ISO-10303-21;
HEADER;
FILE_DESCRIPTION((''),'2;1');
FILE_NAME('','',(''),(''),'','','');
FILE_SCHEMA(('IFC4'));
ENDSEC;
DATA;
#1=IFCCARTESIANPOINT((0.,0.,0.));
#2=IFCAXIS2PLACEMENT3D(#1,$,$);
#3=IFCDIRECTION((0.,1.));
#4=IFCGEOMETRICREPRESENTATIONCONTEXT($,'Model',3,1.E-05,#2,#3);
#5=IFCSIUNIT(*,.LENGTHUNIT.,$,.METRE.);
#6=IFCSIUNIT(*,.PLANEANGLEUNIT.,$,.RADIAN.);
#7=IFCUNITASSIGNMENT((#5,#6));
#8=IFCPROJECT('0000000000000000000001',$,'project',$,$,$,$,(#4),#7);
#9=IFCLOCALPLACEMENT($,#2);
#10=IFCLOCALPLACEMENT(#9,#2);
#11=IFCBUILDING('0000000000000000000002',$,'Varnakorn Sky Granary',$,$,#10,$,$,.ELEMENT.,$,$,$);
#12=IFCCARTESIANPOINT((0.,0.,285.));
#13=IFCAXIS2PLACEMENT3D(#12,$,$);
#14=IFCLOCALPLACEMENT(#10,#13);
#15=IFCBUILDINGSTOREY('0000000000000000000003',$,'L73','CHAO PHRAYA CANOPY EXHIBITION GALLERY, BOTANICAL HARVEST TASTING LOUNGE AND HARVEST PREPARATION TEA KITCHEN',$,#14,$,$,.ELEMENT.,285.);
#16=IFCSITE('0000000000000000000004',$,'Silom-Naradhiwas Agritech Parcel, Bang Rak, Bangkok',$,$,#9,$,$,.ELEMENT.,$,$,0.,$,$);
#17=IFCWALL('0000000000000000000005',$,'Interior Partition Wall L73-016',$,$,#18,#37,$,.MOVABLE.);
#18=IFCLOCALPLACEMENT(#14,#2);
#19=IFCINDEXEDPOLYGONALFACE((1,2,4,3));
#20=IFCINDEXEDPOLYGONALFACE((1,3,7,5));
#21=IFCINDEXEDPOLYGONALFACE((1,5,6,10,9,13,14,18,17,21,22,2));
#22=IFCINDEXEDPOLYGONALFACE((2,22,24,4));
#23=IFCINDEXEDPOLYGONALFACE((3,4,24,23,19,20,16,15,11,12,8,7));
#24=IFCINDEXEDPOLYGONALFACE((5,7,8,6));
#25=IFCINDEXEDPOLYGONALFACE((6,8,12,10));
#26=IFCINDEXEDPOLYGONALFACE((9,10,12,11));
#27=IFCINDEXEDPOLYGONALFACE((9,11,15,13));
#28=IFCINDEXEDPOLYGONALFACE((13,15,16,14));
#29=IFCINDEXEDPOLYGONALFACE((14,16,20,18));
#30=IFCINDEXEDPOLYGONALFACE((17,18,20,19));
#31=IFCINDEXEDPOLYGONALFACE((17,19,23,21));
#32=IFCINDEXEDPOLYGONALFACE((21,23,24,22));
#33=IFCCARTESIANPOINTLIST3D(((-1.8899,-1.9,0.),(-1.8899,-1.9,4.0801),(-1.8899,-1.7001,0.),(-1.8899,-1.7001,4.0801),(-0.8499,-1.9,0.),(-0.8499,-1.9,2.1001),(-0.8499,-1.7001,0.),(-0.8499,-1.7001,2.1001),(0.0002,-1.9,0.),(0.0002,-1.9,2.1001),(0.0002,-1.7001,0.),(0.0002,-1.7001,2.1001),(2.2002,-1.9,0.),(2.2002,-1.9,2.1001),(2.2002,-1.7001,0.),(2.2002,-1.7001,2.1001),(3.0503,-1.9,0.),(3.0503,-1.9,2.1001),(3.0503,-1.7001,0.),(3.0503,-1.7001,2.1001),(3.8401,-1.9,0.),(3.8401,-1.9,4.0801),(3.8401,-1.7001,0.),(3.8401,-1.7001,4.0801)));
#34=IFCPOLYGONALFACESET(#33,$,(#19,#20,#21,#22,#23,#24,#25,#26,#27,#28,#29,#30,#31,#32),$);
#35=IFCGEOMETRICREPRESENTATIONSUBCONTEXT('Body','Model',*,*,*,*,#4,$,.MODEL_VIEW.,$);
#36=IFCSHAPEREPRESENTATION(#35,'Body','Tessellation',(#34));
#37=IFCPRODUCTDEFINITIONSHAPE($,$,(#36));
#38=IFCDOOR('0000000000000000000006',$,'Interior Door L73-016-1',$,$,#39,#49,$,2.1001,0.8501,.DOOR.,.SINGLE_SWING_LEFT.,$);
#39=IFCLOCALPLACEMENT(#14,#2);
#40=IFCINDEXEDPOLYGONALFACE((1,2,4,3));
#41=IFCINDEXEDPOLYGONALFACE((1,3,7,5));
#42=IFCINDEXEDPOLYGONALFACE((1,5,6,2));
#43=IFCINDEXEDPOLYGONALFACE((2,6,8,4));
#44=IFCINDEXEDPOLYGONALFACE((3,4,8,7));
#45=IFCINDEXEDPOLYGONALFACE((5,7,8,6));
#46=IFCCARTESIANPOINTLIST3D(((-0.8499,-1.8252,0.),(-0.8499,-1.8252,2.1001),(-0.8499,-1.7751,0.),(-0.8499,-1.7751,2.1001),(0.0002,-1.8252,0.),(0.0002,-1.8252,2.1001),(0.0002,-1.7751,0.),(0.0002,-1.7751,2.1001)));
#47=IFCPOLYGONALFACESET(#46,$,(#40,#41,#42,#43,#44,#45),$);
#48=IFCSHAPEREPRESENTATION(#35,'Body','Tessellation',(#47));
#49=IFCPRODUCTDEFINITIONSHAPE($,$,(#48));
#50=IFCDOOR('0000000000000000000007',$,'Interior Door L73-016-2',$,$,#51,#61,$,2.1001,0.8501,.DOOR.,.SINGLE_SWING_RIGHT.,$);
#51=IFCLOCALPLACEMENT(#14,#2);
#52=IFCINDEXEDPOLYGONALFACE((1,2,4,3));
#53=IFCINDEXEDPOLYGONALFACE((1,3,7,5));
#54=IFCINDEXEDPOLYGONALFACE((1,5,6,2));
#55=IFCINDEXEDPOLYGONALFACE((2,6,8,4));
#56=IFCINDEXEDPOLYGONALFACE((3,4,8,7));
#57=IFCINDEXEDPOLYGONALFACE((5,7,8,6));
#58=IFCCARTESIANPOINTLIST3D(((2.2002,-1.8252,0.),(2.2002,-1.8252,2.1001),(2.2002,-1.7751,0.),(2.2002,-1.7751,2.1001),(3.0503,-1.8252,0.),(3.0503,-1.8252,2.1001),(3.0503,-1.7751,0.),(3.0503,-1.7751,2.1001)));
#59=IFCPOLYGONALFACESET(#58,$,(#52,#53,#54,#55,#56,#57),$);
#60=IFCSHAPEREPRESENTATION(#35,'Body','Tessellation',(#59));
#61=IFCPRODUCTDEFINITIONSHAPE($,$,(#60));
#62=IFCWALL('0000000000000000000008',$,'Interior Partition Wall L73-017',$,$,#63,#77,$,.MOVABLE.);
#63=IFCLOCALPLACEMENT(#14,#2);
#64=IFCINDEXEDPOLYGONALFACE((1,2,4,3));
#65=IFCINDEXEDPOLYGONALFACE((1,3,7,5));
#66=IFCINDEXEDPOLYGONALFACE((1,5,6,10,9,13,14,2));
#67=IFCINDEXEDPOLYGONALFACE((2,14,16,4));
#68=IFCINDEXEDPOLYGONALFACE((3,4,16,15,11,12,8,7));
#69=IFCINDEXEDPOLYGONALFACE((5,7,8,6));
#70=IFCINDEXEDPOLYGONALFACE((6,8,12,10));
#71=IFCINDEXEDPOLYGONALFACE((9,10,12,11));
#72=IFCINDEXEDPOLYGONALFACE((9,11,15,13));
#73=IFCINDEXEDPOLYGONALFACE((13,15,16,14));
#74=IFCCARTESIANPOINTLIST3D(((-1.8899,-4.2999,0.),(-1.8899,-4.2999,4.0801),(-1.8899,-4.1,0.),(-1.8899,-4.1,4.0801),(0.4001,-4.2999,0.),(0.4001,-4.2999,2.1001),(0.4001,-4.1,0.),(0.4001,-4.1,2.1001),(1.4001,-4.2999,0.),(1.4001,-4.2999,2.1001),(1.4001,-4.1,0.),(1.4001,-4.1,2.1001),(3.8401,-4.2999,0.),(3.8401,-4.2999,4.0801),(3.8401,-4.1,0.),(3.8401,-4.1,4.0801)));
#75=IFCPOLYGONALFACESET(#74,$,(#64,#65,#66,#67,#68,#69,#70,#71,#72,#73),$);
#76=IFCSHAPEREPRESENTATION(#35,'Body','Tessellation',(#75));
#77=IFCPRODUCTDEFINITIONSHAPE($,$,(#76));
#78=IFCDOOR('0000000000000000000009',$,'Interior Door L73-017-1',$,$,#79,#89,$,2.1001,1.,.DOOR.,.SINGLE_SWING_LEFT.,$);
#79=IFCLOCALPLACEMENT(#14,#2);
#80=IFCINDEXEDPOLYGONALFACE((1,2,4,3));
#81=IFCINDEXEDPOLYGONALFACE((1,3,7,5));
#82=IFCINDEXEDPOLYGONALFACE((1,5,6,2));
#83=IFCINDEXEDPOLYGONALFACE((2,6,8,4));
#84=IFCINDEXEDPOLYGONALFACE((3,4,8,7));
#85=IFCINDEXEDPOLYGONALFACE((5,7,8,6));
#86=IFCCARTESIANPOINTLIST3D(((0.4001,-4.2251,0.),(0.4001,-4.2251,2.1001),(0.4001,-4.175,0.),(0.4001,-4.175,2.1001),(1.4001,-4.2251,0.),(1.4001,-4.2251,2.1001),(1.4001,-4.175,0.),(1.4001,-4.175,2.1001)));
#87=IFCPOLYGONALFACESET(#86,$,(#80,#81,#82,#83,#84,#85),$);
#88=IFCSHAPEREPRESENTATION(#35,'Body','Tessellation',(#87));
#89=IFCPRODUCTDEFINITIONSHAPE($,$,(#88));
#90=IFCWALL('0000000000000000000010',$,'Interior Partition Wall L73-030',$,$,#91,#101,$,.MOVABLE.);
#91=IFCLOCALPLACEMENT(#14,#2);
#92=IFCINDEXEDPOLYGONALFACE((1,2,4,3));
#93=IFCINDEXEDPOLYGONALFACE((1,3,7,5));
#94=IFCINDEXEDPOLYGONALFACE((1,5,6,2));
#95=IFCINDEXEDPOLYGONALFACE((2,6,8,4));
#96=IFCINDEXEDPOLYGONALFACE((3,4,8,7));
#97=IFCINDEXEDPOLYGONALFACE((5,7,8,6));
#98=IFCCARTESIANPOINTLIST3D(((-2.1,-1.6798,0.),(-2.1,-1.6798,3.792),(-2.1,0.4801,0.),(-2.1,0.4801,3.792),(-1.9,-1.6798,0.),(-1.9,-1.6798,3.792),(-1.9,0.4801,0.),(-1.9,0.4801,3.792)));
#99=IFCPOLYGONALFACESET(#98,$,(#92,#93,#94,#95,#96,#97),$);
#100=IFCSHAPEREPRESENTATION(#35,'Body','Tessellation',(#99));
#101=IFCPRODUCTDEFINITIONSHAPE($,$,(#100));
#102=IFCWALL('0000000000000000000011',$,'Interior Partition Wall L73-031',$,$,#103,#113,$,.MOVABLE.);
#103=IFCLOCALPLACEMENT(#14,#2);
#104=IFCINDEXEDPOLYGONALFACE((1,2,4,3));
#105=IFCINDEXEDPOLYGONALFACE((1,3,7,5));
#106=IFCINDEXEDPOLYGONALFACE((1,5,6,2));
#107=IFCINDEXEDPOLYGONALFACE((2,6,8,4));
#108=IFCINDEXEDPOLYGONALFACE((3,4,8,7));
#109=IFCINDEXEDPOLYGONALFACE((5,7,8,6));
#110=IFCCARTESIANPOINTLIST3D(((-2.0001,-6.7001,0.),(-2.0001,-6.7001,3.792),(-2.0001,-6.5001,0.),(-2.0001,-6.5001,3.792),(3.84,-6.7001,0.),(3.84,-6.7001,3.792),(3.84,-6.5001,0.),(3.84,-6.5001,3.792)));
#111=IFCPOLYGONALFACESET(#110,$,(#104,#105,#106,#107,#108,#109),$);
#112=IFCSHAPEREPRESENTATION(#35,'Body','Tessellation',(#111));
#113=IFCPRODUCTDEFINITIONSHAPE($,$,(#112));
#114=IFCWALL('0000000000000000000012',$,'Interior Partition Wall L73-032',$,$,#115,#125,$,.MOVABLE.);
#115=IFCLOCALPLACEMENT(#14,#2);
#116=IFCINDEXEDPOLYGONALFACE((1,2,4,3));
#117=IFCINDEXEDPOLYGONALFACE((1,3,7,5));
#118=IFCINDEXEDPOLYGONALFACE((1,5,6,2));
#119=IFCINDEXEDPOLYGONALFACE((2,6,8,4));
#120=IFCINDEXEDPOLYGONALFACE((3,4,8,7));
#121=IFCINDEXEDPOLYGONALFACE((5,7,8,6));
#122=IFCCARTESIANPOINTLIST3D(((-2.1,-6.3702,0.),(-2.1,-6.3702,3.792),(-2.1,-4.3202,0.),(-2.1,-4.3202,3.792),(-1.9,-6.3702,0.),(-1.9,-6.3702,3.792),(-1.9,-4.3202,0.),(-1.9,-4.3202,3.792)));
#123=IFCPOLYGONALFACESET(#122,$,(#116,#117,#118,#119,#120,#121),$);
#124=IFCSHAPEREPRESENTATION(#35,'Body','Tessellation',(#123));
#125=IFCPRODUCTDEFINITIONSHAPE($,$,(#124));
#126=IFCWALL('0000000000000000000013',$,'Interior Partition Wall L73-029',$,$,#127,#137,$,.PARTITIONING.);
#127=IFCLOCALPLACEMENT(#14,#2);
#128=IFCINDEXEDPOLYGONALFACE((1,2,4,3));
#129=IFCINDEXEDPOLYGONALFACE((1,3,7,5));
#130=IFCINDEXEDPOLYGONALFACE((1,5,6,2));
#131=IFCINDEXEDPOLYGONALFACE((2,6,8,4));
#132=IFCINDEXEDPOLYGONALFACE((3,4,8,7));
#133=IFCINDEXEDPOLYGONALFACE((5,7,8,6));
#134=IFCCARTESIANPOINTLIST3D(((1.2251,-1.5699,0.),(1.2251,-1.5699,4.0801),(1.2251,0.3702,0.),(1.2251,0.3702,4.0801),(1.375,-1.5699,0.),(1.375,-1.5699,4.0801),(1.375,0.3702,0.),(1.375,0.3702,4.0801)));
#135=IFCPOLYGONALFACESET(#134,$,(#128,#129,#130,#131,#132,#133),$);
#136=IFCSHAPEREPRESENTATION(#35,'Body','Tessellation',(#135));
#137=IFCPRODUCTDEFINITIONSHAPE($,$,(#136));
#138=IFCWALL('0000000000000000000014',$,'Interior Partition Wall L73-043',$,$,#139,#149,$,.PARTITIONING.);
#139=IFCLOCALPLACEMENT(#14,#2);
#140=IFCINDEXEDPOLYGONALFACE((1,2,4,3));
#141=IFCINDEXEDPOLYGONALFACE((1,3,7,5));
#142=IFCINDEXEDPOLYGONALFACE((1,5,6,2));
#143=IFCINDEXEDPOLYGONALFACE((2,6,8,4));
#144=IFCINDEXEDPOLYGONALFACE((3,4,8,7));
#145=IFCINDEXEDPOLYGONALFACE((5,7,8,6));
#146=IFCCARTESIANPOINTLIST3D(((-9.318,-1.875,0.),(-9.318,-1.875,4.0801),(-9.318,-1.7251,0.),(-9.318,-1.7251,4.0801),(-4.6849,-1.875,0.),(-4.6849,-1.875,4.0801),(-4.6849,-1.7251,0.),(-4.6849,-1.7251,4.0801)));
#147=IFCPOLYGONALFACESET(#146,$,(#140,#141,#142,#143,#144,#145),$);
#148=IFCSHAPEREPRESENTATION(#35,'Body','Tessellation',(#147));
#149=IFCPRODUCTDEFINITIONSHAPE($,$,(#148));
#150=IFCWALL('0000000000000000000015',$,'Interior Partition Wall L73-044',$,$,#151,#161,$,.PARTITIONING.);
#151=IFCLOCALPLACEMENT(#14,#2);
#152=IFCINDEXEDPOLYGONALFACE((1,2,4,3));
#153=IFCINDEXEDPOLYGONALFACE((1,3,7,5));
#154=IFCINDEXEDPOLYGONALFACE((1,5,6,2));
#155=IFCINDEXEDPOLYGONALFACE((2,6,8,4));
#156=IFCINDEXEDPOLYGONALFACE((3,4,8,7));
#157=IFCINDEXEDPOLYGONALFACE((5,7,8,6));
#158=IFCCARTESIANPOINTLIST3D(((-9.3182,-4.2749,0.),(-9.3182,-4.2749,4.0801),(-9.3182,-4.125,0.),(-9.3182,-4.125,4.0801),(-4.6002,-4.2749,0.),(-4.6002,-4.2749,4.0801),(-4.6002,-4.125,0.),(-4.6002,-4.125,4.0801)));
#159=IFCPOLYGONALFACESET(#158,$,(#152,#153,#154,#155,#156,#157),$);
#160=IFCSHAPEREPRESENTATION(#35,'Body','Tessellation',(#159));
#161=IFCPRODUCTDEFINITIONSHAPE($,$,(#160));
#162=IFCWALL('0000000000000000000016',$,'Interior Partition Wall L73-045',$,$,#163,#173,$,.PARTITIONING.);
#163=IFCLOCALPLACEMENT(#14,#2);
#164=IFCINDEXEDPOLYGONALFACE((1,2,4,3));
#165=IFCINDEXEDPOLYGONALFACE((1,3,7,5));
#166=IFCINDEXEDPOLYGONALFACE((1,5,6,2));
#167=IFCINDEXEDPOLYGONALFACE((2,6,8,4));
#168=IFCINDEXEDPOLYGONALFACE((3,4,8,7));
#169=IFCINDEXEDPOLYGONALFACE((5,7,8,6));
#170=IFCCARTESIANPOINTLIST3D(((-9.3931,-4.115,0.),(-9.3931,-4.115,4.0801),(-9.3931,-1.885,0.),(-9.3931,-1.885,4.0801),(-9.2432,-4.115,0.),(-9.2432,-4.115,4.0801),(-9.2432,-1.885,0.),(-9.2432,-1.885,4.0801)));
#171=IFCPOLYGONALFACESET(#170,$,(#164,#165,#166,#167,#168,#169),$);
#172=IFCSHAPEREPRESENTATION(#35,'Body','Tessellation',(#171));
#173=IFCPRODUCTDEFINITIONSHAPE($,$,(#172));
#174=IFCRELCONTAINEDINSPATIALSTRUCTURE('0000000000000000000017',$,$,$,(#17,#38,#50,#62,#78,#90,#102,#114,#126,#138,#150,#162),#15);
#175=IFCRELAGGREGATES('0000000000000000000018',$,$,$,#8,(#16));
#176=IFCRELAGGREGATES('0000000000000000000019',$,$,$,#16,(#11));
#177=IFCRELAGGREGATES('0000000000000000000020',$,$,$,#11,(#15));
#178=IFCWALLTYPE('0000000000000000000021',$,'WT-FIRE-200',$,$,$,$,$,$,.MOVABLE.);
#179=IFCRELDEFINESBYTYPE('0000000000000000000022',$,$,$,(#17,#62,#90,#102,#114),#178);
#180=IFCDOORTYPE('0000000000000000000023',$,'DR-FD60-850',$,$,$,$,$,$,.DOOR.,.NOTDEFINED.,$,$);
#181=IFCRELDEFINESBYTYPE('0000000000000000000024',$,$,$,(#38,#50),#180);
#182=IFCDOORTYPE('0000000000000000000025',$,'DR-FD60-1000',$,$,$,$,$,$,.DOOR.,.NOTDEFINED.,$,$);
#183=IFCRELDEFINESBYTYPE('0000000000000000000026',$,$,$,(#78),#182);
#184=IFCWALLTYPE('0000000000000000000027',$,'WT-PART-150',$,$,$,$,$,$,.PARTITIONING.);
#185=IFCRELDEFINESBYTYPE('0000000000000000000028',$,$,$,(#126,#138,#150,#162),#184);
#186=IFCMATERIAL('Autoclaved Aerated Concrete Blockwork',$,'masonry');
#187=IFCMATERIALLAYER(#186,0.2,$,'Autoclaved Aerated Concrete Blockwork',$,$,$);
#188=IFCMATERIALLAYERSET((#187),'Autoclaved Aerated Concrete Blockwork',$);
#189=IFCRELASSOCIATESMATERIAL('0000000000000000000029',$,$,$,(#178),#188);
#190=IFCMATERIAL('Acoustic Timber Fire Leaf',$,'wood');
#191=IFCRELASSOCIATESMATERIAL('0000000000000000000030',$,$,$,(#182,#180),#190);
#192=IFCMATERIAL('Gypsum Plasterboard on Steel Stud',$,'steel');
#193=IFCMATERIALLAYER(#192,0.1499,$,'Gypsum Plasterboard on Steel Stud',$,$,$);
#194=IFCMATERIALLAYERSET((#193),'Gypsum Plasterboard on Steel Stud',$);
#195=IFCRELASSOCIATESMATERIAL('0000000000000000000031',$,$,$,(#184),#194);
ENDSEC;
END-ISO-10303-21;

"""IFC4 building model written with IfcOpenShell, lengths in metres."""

from ifc_helpers import new_model, si_unit, direction, frame, frame_2d, origin, place, context, subcontext, project, spatial, rectangle, extrude, material, layer, layer_set, type_object, element, fill, save


model = new_model("IFC4")

# Units and contexts
model_context = context("Model", 3, precision=1e-05, world=origin(), true_north=direction((0.0, 1.0)))
body_context = subcontext(model_context, "Body", "Model", "MODEL_VIEW")
ifc_project = project(units=[si_unit("LENGTHUNIT", "METRE"), si_unit("PLANEANGLEUNIT", "RADIAN")], contexts=[model_context])

# Site, building, storey
site_placement = place(None, origin())
site = spatial("IfcSite", under=ifc_project, at=site_placement, Name="Silom-Naradhiwas Agritech Parcel, Bang Rak, Bangkok", CompositionType="ELEMENT", RefElevation=0.0)
building_placement = place(site_placement, origin())
building = spatial("IfcBuilding", under=site, at=building_placement, Name="Varnakorn Sky Granary", CompositionType="ELEMENT")
storey_placement = place(building_placement, frame((0.0, 0.0, 285.0)))
storey = spatial("IfcBuildingStorey", under=building, at=storey_placement, Name="L73", Description="CHAO PHRAYA CANOPY EXHIBITION GALLERY, BOTANICAL HARVEST TASTING LOUNGE AND HARVEST PREPARATION TEA KITCHEN", CompositionType="ELEMENT", Elevation=285.0)

# Shared definitions
ifc_material_1 = material(Name="Autoclaved Aerated Concrete Blockwork", Category="masonry")
ifc_layer_1 = layer(ifc_material_1, 0.2, Name="Autoclaved Aerated Concrete Blockwork")
ifc_layer_set_1 = layer_set([ifc_layer_1], Name="Autoclaved Aerated Concrete Blockwork")
wall_type_1 = type_object("IfcWallType", Name="WT-FIRE-200", PredefinedType="MOVABLE", material=ifc_layer_set_1)
ifc_material_2 = material(Name="Acoustic Timber Fire Leaf", Category="wood")
door_type_1 = type_object("IfcDoorType", Name="DR-FD60-1000", OperationType="NOTDEFINED", PredefinedType="DOOR", material=ifc_material_2)

# Wall, openings, doors
wall_1_placement = place(storey_placement, frame((-1.8899, -1.8, 0.0), z_axis=(0.0, 0.0, 1.0), x_axis=(1.0, 0.0, 0.0)))
wall_1 = element("IfcWall", 1, at=wall_1_placement, inside=storey, type_object=wall_type_1, Name="Interior Partition Wall L73-016", PredefinedType="MOVABLE", context=body_context, shape_type="SweptSolid", body=[
    extrude(rectangle(XDim=5.73, YDim=0.2, at=frame_2d((2.865, 0.0))), origin(), (0.0, 0.0, 1.0), 4.0801),
])
opening_1_placement = place(wall_1_placement, frame((1.04, 0.0, 0.0)))
opening_1 = element("IfcOpeningElement", 2, at=opening_1_placement, cuts=wall_1, PredefinedType="OPENING", context=body_context, shape_type="SweptSolid", body=[
    extrude(rectangle(XDim=0.8501, YDim=2.1001, at=frame_2d((0.425, 1.05))), frame((0.0, 0.1099, 0.0), z_axis=(0.0, -1.0, 0.0), x_axis=(1.0, 0.0, 0.0)), (0.0, 0.0, 1.0), 0.22),
])
opening_2_placement = place(wall_1_placement, frame((4.0901, 0.0, 0.0)))
opening_2 = element("IfcOpeningElement", 3, at=opening_2_placement, cuts=wall_1, PredefinedType="OPENING", context=body_context, shape_type="SweptSolid", body=[
    extrude(rectangle(XDim=0.8501, YDim=2.1001, at=frame_2d((0.425, 1.05))), frame((0.0, 0.1099, 0.0), z_axis=(0.0, -1.0, 0.0), x_axis=(1.0, 0.0, 0.0)), (0.0, 0.0, 1.0), 0.22),
])
door_type_2 = type_object("IfcDoorType", Name="DR-FD60-850", OperationType="NOTDEFINED", PredefinedType="DOOR", material=ifc_material_2)
door_1_placement = place(opening_1_placement, origin())
door_1 = element("IfcDoor", 4, at=door_1_placement, inside=storey, type_object=door_type_2, Name="Interior Door L73-016-1", OperationType="SINGLE_SWING_LEFT", OverallHeight=2.1001, OverallWidth=0.8501, PredefinedType="DOOR", context=body_context, shape_type="SweptSolid", body=[
    extrude(rectangle(XDim=0.8501, YDim=2.1001, at=frame_2d((0.425, 1.05))), frame((0.0, 0.0249, 0.0), z_axis=(0.0, -1.0, 0.0), x_axis=(1.0, 0.0, 0.0)), (0.0, 0.0, 1.0), 0.05),
])
fill(opening_1, door_1)
door_2_placement = place(opening_2_placement, origin())
door_2 = element("IfcDoor", 5, at=door_2_placement, inside=storey, type_object=door_type_2, Name="Interior Door L73-016-2", OperationType="SINGLE_SWING_RIGHT", OverallHeight=2.1001, OverallWidth=0.8501, PredefinedType="DOOR", context=body_context, shape_type="SweptSolid", body=[
    extrude(rectangle(XDim=0.8501, YDim=2.1001, at=frame_2d((0.425, 1.05))), frame((0.0, 0.0249, 0.0), z_axis=(0.0, -1.0, 0.0), x_axis=(1.0, 0.0, 0.0)), (0.0, 0.0, 1.0), 0.05),
])
fill(opening_2, door_2)

# Wall, opening, door
wall_2_placement = place(storey_placement, frame((-1.8899, -4.2, 0.0), z_axis=(0.0, 0.0, 1.0), x_axis=(1.0, 0.0, 0.0)))
wall_2 = element("IfcWall", 6, at=wall_2_placement, inside=storey, type_object=wall_type_1, Name="Interior Partition Wall L73-017", PredefinedType="MOVABLE", context=body_context, shape_type="SweptSolid", body=[
    extrude(rectangle(XDim=5.73, YDim=0.2, at=frame_2d((2.865, 0.0))), origin(), (0.0, 0.0, 1.0), 4.0801),
])
opening_3_placement = place(wall_2_placement, frame((2.29, 0.0, 0.0)))
opening_3 = element("IfcOpeningElement", 7, at=opening_3_placement, cuts=wall_2, PredefinedType="OPENING", context=body_context, shape_type="SweptSolid", body=[
    extrude(rectangle(XDim=1.0, YDim=2.1001, at=frame_2d((0.5, 1.05))), frame((0.0, 0.1099, 0.0), z_axis=(0.0, -1.0, 0.0), x_axis=(1.0, 0.0, 0.0)), (0.0, 0.0, 1.0), 0.22),
])
door_3_placement = place(opening_3_placement, origin())
door_3 = element("IfcDoor", 8, at=door_3_placement, inside=storey, type_object=door_type_1, Name="Interior Door L73-017-1", OperationType="SINGLE_SWING_LEFT", OverallHeight=2.1001, OverallWidth=1.0, PredefinedType="DOOR", context=body_context, shape_type="SweptSolid", body=[
    extrude(rectangle(XDim=1.0, YDim=2.1001, at=frame_2d((0.5, 1.05))), frame((0.0, 0.0249, 0.0), z_axis=(0.0, -1.0, 0.0), x_axis=(1.0, 0.0, 0.0)), (0.0, 0.0, 1.0), 0.05),
])
fill(opening_3, door_3)

# Walls
wall_3_placement = place(storey_placement, frame((-2.0, -1.6799, 0.0), z_axis=(0.0, 0.0, 1.0), x_axis=(0.0, 1.0, 0.0)))
element("IfcWall", 9, at=wall_3_placement, inside=storey, type_object=wall_type_1, Name="Interior Partition Wall L73-030", PredefinedType="MOVABLE", context=body_context, shape_type="SweptSolid", body=[
    extrude(rectangle(XDim=2.1599, YDim=0.2, at=frame_2d((1.0801, 0.0))), origin(), (0.0, 0.0, 1.0), 3.792),
])
wall_4_placement = place(storey_placement, frame((-2.0, -6.6001, 0.0), z_axis=(0.0, 0.0, 1.0), x_axis=(1.0, 0.0, 0.0)))
element("IfcWall", 10, at=wall_4_placement, inside=storey, type_object=wall_type_1, Name="Interior Partition Wall L73-031", PredefinedType="MOVABLE", context=body_context, shape_type="SweptSolid", body=[
    extrude(rectangle(XDim=5.8401, YDim=0.2, at=frame_2d((2.9199, 0.0))), origin(), (0.0, 0.0, 1.0), 3.792),
])
wall_5_placement = place(storey_placement, frame((-2.0, -6.3701, 0.0), z_axis=(0.0, 0.0, 1.0), x_axis=(0.0, 1.0, 0.0)))
element("IfcWall", 11, at=wall_5_placement, inside=storey, type_object=wall_type_1, Name="Interior Partition Wall L73-032", PredefinedType="MOVABLE", context=body_context, shape_type="SweptSolid", body=[
    extrude(rectangle(XDim=2.05, YDim=0.2, at=frame_2d((1.0249, 0.0))), origin(), (0.0, 0.0, 1.0), 3.792),
])
ifc_material_3 = material(Name="Gypsum Plasterboard on Steel Stud", Category="steel")
ifc_layer_2 = layer(ifc_material_3, 0.1499, Name="Gypsum Plasterboard on Steel Stud")
ifc_layer_set_2 = layer_set([ifc_layer_2], Name="Gypsum Plasterboard on Steel Stud")
wall_type_2 = type_object("IfcWallType", Name="WT-PART-150", PredefinedType="PARTITIONING", material=ifc_layer_set_2)
wall_6_placement = place(storey_placement, frame((1.3, -1.5701, 0.0), z_axis=(0.0, 0.0, 1.0), x_axis=(0.0, 1.0, 0.0)))
element("IfcWall", 12, at=wall_6_placement, inside=storey, type_object=wall_type_2, Name="Interior Partition Wall L73-029", PredefinedType="PARTITIONING", context=body_context, shape_type="SweptSolid", body=[
    extrude(rectangle(XDim=1.9402, YDim=0.1499, at=frame_2d((0.9702, 0.0))), origin(), (0.0, 0.0, 1.0), 4.0801),
])
wall_7_placement = place(storey_placement, frame((-4.6851, -1.8, 0.0), z_axis=(0.0, 0.0, 1.0), x_axis=(-1.0, 0.0, 0.0)))
element("IfcWall", 13, at=wall_7_placement, inside=storey, type_object=wall_type_2, Name="Interior Partition Wall L73-043", PredefinedType="PARTITIONING", context=body_context, shape_type="SweptSolid", body=[
    extrude(rectangle(XDim=4.6331, YDim=0.1499, at=frame_2d((2.3164, 0.0))), origin(), (0.0, 0.0, 1.0), 4.0801),
])
wall_8_placement = place(storey_placement, frame((-9.3181, -4.2, 0.0), z_axis=(0.0, 0.0, 1.0), x_axis=(1.0, 0.0, 0.0)))
element("IfcWall", 14, at=wall_8_placement, inside=storey, type_object=wall_type_2, Name="Interior Partition Wall L73-044", PredefinedType="PARTITIONING", context=body_context, shape_type="SweptSolid", body=[
    extrude(rectangle(XDim=4.718, YDim=0.1499, at=frame_2d((2.3589, 0.0))), origin(), (0.0, 0.0, 1.0), 4.0801),
])
wall_9_placement = place(storey_placement, frame((-9.3181, -1.885, 0.0), z_axis=(0.0, 0.0, 1.0), x_axis=(0.0, -1.0, 0.0)))
element("IfcWall", 15, at=wall_9_placement, inside=storey, type_object=wall_type_2, Name="Interior Partition Wall L73-045", PredefinedType="PARTITIONING", context=body_context, shape_type="SweptSolid", body=[
    extrude(rectangle(XDim=2.23, YDim=0.1499, at=frame_2d((1.115, 0.0))), origin(), (0.0, 0.0, 1.0), 4.0801),
])

save(model, "model.ifc")
